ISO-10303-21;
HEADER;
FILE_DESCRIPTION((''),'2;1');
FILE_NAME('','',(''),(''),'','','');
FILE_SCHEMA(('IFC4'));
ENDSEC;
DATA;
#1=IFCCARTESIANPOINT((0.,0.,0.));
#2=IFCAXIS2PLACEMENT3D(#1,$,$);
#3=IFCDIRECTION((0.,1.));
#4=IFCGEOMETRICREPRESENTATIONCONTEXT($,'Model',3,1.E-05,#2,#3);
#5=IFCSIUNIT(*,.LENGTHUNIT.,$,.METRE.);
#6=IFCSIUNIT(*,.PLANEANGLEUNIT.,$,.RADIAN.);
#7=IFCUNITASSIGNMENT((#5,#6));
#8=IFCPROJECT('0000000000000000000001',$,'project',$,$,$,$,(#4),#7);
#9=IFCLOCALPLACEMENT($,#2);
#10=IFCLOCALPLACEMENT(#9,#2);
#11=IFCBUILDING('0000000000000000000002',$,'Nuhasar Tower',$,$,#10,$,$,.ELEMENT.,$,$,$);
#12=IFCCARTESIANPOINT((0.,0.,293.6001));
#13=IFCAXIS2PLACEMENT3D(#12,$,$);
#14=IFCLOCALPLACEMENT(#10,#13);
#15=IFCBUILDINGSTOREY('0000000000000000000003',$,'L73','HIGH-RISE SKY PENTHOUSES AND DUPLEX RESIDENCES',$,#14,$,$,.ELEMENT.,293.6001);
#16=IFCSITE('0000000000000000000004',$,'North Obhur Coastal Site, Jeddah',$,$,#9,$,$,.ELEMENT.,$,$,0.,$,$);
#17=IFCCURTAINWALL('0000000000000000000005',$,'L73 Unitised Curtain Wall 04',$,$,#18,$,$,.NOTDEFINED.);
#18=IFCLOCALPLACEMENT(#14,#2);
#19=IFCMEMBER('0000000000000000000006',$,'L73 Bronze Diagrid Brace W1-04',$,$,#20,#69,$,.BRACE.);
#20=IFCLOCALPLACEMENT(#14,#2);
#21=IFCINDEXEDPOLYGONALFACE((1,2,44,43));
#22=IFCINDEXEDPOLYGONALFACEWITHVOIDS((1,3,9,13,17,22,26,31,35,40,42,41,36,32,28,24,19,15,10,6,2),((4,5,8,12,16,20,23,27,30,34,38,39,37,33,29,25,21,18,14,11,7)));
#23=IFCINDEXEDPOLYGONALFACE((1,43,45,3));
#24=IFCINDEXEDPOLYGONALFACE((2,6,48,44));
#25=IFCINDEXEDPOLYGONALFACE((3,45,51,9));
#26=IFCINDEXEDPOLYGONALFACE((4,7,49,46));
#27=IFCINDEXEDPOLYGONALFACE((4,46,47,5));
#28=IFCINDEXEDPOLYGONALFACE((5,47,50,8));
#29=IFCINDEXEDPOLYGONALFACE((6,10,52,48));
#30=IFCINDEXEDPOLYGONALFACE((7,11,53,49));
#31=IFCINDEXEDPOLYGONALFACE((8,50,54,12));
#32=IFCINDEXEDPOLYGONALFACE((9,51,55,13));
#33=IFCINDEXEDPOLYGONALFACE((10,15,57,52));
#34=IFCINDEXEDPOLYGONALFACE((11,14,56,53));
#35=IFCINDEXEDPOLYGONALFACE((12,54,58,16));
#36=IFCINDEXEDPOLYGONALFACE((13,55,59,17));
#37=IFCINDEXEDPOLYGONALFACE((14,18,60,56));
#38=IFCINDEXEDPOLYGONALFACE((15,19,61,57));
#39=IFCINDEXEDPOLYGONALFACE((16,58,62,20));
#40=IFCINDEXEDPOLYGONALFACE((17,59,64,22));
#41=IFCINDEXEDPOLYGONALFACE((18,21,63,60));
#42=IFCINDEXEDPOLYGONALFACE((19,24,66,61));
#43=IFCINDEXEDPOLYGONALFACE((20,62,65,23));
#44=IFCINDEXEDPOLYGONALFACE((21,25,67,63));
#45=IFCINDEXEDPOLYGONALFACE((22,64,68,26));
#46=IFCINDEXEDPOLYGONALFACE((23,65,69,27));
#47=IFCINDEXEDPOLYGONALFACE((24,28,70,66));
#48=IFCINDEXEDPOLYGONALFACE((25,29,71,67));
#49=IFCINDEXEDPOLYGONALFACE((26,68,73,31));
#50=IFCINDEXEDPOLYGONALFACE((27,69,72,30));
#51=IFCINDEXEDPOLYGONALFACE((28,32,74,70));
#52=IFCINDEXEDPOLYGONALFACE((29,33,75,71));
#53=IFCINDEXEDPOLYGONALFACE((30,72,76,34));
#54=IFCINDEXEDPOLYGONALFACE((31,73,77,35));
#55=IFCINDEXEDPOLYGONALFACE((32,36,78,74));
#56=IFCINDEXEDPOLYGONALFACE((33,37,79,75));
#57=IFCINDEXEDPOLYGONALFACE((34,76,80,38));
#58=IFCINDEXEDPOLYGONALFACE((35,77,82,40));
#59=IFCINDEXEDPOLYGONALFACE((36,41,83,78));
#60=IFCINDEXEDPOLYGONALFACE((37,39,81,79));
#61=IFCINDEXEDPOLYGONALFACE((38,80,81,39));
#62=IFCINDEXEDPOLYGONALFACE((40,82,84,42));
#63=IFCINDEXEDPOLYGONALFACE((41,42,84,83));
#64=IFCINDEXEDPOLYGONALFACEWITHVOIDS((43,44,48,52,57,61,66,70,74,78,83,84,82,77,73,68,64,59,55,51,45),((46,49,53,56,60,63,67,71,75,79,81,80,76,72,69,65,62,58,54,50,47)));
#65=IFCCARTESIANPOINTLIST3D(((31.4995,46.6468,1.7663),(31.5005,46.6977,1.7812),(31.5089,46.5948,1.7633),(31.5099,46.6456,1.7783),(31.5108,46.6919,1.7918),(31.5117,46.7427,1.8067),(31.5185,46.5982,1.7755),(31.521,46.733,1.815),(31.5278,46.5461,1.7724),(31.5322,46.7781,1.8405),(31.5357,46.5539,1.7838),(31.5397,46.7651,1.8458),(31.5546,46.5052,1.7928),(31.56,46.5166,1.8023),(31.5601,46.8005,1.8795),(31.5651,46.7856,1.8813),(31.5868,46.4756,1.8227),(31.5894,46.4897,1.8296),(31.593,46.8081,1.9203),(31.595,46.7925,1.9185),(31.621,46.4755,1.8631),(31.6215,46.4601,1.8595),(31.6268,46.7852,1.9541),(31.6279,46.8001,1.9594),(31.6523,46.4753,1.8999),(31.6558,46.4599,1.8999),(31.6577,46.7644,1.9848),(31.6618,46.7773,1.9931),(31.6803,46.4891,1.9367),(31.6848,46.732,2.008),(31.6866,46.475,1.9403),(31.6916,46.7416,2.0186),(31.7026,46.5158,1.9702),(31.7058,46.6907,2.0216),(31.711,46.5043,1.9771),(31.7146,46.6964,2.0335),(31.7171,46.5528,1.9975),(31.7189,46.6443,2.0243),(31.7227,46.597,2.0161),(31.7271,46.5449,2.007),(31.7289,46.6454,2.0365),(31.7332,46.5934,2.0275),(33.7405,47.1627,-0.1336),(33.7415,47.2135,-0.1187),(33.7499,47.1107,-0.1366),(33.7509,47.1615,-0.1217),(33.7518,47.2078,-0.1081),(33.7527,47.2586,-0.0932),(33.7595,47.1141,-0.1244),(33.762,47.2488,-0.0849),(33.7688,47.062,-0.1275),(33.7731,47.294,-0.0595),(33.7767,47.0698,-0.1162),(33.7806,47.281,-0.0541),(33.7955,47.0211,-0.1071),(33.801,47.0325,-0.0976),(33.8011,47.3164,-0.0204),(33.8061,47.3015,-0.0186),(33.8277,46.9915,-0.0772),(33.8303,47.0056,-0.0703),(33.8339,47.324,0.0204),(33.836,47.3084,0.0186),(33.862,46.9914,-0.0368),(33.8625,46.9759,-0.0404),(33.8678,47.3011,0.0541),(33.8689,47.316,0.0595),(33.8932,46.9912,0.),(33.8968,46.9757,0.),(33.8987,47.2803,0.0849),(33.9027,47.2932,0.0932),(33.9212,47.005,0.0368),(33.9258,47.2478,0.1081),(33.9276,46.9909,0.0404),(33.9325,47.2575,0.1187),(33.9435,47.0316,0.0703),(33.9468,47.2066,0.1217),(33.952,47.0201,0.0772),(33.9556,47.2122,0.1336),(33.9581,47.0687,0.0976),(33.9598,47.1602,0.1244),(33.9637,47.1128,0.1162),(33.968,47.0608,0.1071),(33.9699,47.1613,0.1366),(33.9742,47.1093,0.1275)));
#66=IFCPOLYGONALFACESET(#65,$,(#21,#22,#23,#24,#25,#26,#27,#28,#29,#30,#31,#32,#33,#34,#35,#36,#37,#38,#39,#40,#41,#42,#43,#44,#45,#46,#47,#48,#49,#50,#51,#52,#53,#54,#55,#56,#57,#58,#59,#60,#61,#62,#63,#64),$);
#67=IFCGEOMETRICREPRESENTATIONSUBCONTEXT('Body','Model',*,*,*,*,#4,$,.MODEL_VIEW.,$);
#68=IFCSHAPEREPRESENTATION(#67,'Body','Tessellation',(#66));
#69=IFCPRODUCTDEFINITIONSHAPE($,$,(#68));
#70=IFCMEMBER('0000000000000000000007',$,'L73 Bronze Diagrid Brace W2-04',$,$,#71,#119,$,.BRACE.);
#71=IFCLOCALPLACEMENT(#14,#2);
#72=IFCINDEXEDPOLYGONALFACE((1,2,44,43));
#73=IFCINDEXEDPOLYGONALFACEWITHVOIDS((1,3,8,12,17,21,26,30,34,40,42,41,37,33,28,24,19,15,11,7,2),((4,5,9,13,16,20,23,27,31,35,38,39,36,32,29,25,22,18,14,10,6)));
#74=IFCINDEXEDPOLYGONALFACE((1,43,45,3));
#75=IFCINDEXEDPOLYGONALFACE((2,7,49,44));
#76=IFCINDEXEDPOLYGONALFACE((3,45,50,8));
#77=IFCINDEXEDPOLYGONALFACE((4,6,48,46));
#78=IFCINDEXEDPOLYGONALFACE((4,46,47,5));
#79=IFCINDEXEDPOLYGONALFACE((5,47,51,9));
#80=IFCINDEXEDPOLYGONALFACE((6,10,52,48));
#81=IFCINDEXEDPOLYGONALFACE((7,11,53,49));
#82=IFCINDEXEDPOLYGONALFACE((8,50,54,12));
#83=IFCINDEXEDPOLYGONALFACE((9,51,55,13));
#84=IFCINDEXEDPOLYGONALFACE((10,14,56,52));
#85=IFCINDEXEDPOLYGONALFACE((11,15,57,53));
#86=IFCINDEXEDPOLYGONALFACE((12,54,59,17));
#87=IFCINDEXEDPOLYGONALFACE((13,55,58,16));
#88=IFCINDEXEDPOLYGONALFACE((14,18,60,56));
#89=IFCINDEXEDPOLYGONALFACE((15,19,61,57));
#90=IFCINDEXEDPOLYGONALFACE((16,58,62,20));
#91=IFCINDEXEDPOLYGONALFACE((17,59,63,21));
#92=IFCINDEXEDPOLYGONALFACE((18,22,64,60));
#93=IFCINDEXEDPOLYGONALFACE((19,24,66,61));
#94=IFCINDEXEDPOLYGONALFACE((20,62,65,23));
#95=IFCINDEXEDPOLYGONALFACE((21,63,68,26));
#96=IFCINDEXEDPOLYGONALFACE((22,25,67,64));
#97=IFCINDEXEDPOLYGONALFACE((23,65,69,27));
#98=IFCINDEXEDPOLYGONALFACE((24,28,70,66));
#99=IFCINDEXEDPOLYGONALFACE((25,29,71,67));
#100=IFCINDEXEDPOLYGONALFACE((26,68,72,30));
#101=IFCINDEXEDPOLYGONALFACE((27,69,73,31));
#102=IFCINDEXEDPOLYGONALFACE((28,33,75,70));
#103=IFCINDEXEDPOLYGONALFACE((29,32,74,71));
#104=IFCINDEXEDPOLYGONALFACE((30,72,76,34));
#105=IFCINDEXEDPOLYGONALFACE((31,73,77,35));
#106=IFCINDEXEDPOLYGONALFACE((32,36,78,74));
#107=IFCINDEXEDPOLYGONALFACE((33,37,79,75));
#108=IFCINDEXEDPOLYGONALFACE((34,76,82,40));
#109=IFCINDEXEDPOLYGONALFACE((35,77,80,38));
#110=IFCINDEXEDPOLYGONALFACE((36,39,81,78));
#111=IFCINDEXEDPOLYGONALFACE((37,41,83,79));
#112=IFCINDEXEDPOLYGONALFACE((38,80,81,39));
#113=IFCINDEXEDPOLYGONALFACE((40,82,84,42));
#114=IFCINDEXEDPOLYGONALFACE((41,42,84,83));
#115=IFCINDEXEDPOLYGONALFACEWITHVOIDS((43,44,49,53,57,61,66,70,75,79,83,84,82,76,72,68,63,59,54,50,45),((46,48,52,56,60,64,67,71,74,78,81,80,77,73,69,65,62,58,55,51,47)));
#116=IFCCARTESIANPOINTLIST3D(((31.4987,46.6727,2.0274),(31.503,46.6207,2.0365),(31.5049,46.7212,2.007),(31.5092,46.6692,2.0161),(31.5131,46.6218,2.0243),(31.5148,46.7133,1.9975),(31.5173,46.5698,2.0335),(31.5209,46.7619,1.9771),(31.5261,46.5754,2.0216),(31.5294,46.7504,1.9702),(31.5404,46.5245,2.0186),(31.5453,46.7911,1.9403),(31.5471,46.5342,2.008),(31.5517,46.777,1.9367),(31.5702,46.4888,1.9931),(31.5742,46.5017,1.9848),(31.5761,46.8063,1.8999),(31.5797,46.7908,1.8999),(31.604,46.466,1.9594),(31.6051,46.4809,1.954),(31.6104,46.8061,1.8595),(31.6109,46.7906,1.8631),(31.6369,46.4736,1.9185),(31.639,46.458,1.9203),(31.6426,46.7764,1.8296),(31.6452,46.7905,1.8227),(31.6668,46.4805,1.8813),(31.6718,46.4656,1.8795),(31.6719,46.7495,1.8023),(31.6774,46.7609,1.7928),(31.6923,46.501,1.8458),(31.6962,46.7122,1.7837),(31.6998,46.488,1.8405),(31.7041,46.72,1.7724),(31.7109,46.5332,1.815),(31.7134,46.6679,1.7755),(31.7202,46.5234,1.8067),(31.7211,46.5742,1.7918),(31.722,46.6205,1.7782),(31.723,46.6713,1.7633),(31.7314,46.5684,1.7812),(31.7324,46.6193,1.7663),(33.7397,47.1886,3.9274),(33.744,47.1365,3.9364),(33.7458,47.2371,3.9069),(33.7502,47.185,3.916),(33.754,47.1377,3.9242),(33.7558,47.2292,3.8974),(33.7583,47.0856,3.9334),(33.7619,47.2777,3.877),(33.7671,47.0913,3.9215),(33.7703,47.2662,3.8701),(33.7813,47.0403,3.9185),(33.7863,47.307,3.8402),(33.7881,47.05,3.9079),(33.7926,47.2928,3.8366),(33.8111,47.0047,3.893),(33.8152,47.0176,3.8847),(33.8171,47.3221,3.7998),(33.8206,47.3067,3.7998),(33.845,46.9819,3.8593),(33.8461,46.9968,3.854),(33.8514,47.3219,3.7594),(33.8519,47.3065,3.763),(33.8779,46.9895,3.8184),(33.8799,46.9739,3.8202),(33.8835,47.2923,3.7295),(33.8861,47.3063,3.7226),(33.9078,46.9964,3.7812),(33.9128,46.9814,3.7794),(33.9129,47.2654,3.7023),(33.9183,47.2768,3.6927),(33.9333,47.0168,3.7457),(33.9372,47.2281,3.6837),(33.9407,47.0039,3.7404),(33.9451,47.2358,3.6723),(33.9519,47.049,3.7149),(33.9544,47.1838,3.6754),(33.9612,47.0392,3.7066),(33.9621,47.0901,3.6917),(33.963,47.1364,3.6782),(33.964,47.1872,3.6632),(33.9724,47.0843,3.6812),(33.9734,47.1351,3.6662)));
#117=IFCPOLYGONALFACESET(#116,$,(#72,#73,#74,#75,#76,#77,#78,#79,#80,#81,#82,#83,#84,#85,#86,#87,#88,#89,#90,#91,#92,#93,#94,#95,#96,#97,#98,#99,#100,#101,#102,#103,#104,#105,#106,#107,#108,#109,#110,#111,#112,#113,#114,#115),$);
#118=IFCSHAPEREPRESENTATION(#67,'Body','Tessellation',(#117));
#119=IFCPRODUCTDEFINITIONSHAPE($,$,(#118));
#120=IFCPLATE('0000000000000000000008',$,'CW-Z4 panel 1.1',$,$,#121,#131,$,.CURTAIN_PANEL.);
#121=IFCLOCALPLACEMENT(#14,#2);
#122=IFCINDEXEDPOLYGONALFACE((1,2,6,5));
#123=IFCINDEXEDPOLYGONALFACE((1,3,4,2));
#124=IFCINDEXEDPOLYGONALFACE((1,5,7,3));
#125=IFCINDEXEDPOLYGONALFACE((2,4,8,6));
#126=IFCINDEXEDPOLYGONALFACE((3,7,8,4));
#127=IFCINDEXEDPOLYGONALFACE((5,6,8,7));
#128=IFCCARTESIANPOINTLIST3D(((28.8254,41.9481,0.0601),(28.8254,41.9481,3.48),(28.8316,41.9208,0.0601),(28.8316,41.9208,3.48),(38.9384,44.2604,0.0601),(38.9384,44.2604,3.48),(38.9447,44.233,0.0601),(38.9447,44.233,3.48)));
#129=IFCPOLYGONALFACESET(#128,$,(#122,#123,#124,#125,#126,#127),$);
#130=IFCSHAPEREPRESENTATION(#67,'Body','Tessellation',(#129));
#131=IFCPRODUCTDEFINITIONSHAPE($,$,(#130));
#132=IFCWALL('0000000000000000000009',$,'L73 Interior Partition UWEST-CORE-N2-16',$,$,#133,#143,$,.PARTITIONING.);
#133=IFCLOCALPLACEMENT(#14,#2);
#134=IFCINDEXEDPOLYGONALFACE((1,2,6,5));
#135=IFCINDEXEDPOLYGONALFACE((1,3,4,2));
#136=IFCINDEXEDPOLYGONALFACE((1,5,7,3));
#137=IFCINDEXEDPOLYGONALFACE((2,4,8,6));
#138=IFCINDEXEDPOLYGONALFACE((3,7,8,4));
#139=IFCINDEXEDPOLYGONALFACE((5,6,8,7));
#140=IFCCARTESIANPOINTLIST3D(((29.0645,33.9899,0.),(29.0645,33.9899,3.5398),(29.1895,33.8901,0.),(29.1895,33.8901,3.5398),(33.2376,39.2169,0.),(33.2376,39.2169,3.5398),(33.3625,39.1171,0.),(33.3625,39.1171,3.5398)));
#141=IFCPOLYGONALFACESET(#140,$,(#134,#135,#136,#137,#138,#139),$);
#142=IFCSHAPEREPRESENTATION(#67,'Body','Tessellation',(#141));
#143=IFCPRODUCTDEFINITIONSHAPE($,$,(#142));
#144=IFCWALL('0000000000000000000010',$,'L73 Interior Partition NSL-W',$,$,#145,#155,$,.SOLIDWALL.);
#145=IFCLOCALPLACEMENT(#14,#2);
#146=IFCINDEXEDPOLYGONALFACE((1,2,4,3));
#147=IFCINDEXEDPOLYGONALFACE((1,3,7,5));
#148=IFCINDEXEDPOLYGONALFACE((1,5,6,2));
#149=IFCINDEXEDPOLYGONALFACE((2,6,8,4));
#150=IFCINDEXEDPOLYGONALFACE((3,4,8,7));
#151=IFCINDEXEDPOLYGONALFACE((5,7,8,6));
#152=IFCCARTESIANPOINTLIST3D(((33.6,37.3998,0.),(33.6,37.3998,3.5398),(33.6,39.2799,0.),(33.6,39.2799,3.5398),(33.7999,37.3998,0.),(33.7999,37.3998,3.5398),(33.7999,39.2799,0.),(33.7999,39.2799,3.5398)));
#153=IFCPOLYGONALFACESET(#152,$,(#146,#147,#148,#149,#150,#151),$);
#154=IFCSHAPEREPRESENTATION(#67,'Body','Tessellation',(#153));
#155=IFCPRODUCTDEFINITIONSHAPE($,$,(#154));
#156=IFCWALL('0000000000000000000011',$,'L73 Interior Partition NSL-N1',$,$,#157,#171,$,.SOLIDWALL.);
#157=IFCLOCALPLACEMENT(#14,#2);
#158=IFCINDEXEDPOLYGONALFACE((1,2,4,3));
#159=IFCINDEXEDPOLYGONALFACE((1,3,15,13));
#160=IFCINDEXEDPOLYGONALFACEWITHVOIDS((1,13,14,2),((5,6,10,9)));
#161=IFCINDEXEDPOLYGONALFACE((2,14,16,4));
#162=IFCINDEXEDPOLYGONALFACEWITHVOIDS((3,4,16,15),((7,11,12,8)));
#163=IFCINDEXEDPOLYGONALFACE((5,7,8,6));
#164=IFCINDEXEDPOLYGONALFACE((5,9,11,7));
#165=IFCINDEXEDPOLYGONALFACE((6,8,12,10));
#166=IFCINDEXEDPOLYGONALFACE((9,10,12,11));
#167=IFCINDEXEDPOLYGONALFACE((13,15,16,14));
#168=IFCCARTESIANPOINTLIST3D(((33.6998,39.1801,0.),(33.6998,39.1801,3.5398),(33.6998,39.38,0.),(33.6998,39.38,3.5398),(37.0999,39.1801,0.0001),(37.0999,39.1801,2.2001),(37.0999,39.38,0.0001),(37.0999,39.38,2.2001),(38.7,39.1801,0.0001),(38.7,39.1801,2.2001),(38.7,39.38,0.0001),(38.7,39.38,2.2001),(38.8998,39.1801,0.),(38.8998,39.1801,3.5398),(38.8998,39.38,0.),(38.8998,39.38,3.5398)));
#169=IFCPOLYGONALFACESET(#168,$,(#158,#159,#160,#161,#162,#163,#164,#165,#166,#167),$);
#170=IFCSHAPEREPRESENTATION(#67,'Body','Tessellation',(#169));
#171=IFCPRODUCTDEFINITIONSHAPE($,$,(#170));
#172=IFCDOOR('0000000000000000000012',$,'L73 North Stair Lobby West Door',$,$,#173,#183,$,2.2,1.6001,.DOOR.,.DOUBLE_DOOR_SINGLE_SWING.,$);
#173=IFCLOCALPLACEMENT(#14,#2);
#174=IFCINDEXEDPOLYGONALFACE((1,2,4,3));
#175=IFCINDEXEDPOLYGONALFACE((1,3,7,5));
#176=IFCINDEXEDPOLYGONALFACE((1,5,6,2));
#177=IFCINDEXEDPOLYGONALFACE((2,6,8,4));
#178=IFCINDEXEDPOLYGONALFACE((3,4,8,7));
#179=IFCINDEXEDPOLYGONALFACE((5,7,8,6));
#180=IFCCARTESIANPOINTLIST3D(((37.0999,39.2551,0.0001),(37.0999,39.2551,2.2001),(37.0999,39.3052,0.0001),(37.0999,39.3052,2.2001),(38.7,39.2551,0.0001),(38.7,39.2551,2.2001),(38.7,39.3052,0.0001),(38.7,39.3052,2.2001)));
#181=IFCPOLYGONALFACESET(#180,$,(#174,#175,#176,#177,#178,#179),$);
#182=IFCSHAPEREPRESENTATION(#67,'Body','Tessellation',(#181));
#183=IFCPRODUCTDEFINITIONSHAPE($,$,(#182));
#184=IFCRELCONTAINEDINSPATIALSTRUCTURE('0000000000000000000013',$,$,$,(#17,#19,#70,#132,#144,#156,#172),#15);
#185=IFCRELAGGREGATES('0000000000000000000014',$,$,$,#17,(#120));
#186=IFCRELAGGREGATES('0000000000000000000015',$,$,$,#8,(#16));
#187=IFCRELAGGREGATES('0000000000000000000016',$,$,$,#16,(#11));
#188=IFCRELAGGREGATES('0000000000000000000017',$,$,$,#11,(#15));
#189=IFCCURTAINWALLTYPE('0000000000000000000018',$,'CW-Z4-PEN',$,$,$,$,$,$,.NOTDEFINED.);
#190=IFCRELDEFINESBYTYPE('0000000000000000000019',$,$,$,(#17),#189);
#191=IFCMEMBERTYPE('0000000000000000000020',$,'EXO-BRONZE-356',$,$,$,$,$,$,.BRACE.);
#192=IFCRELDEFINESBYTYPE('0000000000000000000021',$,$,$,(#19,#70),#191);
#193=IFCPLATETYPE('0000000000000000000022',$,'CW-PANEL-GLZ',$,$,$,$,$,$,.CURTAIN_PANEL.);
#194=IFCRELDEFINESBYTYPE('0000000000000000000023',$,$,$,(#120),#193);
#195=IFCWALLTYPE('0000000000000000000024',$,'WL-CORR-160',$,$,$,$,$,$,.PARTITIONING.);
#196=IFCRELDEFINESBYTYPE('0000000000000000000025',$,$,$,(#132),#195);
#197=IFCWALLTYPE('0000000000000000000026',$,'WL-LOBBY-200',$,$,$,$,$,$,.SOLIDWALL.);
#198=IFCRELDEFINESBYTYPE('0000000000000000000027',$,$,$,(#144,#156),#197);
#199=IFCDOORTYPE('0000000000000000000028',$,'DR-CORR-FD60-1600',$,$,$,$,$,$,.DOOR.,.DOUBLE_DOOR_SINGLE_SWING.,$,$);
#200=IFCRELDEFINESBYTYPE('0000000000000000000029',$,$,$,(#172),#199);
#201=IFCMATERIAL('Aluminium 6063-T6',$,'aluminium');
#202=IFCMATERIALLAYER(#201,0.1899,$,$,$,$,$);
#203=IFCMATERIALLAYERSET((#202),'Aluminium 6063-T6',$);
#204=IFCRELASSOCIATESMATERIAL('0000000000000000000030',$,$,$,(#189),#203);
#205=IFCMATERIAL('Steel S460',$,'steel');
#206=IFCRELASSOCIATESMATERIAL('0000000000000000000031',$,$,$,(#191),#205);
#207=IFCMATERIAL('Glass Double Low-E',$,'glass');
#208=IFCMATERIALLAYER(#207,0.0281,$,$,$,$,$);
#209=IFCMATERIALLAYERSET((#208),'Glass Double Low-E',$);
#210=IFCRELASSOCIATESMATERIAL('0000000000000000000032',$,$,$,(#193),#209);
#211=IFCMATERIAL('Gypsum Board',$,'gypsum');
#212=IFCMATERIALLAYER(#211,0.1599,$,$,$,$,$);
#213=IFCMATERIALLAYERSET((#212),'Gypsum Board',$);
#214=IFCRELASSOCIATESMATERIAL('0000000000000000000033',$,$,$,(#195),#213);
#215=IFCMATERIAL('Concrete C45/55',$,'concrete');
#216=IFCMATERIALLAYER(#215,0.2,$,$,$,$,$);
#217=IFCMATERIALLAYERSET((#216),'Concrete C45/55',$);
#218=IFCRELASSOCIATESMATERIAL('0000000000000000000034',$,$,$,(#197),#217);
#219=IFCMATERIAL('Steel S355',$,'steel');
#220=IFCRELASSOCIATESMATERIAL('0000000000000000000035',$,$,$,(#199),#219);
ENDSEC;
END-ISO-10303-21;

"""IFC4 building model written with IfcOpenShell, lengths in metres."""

from ifc_helpers import new_model, si_unit, direction, frame, frame_2d, origin, origin_2d, place, context, subcontext, project, spatial, rectangle, hollow_circle, extrude, material, layer, layer_set, material_profile, profile_set, type_object, element, fill, aggregate, save


model = new_model("IFC4")

# Units and contexts
model_context = context("Model", 3, precision=1e-05, world=origin(), true_north=direction((0.0, 1.0)))
body_context = subcontext(model_context, "Body", "Model", "MODEL_VIEW")
ifc_project = project(units=[si_unit("LENGTHUNIT", "METRE"), si_unit("PLANEANGLEUNIT", "RADIAN")], contexts=[model_context])

# Site, building, storey
site_placement = place(None, origin())
site = spatial("IfcSite", under=ifc_project, at=site_placement, Name="North Obhur Coastal Site, Jeddah", CompositionType="ELEMENT", RefElevation=0.0)
building_placement = place(site_placement, origin())
building = spatial("IfcBuilding", under=site, at=building_placement, Name="Nuhasar Tower", CompositionType="ELEMENT")
storey_placement = place(building_placement, frame((0.0, 0.0, 293.6001)))
storey = spatial("IfcBuildingStorey", under=building, at=storey_placement, Name="L73", Description="HIGH-RISE SKY PENTHOUSES AND DUPLEX RESIDENCES", CompositionType="ELEMENT", Elevation=293.6001)

# Shared definitions
ifc_material_1 = material(Name="Steel S355", Category="steel")

# Curtain wall
ifc_material_2 = material(Name="Aluminium 6063-T6", Category="aluminium")
ifc_layer_1 = layer(ifc_material_2, 0.1899)
ifc_layer_set_1 = layer_set([ifc_layer_1], Name="Aluminium 6063-T6")
curtain_wall_type = type_object("IfcCurtainWallType", Name="CW-Z4-PEN", PredefinedType="NOTDEFINED", material=ifc_layer_set_1)
curtain_wall_placement = place(storey_placement, origin())
curtain_wall = element("IfcCurtainWall", 1, at=curtain_wall_placement, inside=storey, type_object=curtain_wall_type, Name="L73 Unitised Curtain Wall 04", PredefinedType="NOTDEFINED")

# Members
ifc_material_3 = material(Name="Steel S460", Category="steel")
ifc_material_profile_1 = material_profile(ifc_material_3, hollow_circle(Radius=0.1777, WallThickness=0.0159, at=origin_2d()), Name="HSS355.6X15.9")
ifc_profile_set_1 = profile_set([ifc_material_profile_1], Name="Steel S460")
member_type_1 = type_object("IfcMemberType", Name="EXO-BRONZE-356", PredefinedType="BRACE", material=ifc_profile_set_1)
for number, where, z_axis, x_axis, name in (
    (2, (33.8569, 47.1489, 0.0), (-0.751272, -0.172942, 0.636932), (0.224332, -0.974513, 0.0), "L73 Bronze Diagrid Brace W1-04"),
    (3, (31.616, 46.6331, 1.8999), (0.751272, 0.172942, 0.636932), (-0.224332, 0.974513, 0.0), "L73 Bronze Diagrid Brace W2-04"),
):
    element("IfcMember", number, at=place(storey_placement, frame(where, z_axis=z_axis, x_axis=x_axis)), inside=storey, type_object=member_type_1, Name=name, PredefinedType="BRACE", context=body_context, shape_type="SweptSolid", body=[
        extrude(hollow_circle(Radius=0.1777, WallThickness=0.0159, at=origin_2d()), origin(), (0.0, 0.0, 1.0), 2.9829),
    ])

# Plate
ifc_material_4 = material(Name="Glass Double Low-E", Category="glass")
ifc_layer_2 = layer(ifc_material_4, 0.0281)
ifc_layer_set_2 = layer_set([ifc_layer_2], Name="Glass Double Low-E")
plate_type = type_object("IfcPlateType", Name="CW-PANEL-GLZ", PredefinedType="CURTAIN_PANEL", material=ifc_layer_set_2)
plate_placement = place(storey_placement, frame((33.885, 43.0906, 0.0601), z_axis=(0.0, 0.0, 1.0), x_axis=(-0.974844, -0.222889, 0.0)))
plate = element("IfcPlate", 4, at=plate_placement, type_object=plate_type, Name="CW-Z4 panel 1.1", PredefinedType="CURTAIN_PANEL", context=body_context, shape_type="SweptSolid", body=[
    extrude(rectangle(XDim=10.374, YDim=0.0281, at=origin_2d()), origin(), (0.0, 0.0, 1.0), 3.4199),
])
aggregate(curtain_wall, [plate])

# Walls
ifc_material_5 = material(Name="Gypsum Board", Category="gypsum")
ifc_layer_3 = layer(ifc_material_5, 0.1599)
ifc_layer_set_3 = layer_set([ifc_layer_3], Name="Gypsum Board")
wall_type_1 = type_object("IfcWallType", Name="WL-CORR-160", PredefinedType="PARTITIONING", material=ifc_layer_set_3)
wall_1_placement = place(storey_placement, frame((33.3, 39.167, 0.0), z_axis=(0.0, 0.0, 1.0), x_axis=(-0.623916, -0.781492, 0.0)))
element("IfcWall", 5, at=wall_1_placement, inside=storey, type_object=wall_type_1, Name="L73 Interior Partition UWEST-CORE-N2-16", PredefinedType="PARTITIONING", context=body_context, shape_type="SweptSolid", body=[
    extrude(rectangle(XDim=6.6885, YDim=0.1599, at=frame_2d((3.3442, 0.0))), origin(), (0.0, 0.0, 1.0), 3.5398),
])
ifc_material_6 = material(Name="Concrete C45/55", Category="concrete")
ifc_layer_4 = layer(ifc_material_6, 0.2)
ifc_layer_set_4 = layer_set([ifc_layer_4], Name="Concrete C45/55")
wall_type_2 = type_object("IfcWallType", Name="WL-LOBBY-200", PredefinedType="SOLIDWALL", material=ifc_layer_set_4)
wall_2_placement = place(storey_placement, frame((33.7, 37.3999, 0.0), z_axis=(0.0, 0.0, 1.0), x_axis=(0.0, 1.0, 0.0)))
element("IfcWall", 6, at=wall_2_placement, inside=storey, type_object=wall_type_2, Name="L73 Interior Partition NSL-W", PredefinedType="SOLIDWALL", context=body_context, shape_type="SweptSolid", body=[
    extrude(rectangle(XDim=1.8801, YDim=0.2, at=frame_2d((0.9399, 0.0))), origin(), (0.0, 0.0, 1.0), 3.5398),
])

# Wall, opening, door
wall_3_placement = place(storey_placement, frame((38.8999, 39.28, 0.0), z_axis=(0.0, 0.0, 1.0), x_axis=(-1.0, 0.0, 0.0)))
wall_3 = element("IfcWall", 7, at=wall_3_placement, inside=storey, type_object=wall_type_2, Name="L73 Interior Partition NSL-N1", PredefinedType="SOLIDWALL", context=body_context, shape_type="SweptSolid", body=[
    extrude(rectangle(XDim=5.2, YDim=0.2, at=frame_2d((2.6001, 0.0))), origin(), (0.0, 0.0, 1.0), 3.5398),
])
opening_1_placement = place(wall_3_placement, frame((0.2, 0.0, 0.0)))
opening_1 = element("IfcOpeningElement", 8, at=opening_1_placement, cuts=wall_3, PredefinedType="OPENING", context=body_context, shape_type="SweptSolid", body=[
    extrude(rectangle(XDim=1.6001, YDim=2.2, at=frame_2d((0.8, 1.1001))), frame((0.0, 0.1099, 0.0), z_axis=(0.0, -1.0, 0.0), x_axis=(1.0, 0.0, 0.0)), (0.0, 0.0, 1.0), 0.22),
])
door_type_1 = type_object("IfcDoorType", Name="DR-CORR-FD60-1600", OperationType="DOUBLE_DOOR_SINGLE_SWING", PredefinedType="DOOR", material=ifc_material_1)
door_1_placement = place(opening_1_placement, origin())
door_1 = element("IfcDoor", 9, at=door_1_placement, inside=storey, type_object=door_type_1, Name="L73 North Stair Lobby West Door", OperationType="DOUBLE_DOOR_SINGLE_SWING", OverallHeight=2.2, OverallWidth=1.6001, PredefinedType="DOOR", context=body_context, shape_type="SweptSolid", body=[
    extrude(rectangle(XDim=1.6001, YDim=2.2, at=frame_2d((0.8, 1.1001))), frame((0.0, 0.0249, 0.0), z_axis=(0.0, -1.0, 0.0), x_axis=(1.0, 0.0, 0.0)), (0.0, 0.0, 1.0), 0.05),
])
fill(opening_1, door_1)

save(model, "model.ifc")
